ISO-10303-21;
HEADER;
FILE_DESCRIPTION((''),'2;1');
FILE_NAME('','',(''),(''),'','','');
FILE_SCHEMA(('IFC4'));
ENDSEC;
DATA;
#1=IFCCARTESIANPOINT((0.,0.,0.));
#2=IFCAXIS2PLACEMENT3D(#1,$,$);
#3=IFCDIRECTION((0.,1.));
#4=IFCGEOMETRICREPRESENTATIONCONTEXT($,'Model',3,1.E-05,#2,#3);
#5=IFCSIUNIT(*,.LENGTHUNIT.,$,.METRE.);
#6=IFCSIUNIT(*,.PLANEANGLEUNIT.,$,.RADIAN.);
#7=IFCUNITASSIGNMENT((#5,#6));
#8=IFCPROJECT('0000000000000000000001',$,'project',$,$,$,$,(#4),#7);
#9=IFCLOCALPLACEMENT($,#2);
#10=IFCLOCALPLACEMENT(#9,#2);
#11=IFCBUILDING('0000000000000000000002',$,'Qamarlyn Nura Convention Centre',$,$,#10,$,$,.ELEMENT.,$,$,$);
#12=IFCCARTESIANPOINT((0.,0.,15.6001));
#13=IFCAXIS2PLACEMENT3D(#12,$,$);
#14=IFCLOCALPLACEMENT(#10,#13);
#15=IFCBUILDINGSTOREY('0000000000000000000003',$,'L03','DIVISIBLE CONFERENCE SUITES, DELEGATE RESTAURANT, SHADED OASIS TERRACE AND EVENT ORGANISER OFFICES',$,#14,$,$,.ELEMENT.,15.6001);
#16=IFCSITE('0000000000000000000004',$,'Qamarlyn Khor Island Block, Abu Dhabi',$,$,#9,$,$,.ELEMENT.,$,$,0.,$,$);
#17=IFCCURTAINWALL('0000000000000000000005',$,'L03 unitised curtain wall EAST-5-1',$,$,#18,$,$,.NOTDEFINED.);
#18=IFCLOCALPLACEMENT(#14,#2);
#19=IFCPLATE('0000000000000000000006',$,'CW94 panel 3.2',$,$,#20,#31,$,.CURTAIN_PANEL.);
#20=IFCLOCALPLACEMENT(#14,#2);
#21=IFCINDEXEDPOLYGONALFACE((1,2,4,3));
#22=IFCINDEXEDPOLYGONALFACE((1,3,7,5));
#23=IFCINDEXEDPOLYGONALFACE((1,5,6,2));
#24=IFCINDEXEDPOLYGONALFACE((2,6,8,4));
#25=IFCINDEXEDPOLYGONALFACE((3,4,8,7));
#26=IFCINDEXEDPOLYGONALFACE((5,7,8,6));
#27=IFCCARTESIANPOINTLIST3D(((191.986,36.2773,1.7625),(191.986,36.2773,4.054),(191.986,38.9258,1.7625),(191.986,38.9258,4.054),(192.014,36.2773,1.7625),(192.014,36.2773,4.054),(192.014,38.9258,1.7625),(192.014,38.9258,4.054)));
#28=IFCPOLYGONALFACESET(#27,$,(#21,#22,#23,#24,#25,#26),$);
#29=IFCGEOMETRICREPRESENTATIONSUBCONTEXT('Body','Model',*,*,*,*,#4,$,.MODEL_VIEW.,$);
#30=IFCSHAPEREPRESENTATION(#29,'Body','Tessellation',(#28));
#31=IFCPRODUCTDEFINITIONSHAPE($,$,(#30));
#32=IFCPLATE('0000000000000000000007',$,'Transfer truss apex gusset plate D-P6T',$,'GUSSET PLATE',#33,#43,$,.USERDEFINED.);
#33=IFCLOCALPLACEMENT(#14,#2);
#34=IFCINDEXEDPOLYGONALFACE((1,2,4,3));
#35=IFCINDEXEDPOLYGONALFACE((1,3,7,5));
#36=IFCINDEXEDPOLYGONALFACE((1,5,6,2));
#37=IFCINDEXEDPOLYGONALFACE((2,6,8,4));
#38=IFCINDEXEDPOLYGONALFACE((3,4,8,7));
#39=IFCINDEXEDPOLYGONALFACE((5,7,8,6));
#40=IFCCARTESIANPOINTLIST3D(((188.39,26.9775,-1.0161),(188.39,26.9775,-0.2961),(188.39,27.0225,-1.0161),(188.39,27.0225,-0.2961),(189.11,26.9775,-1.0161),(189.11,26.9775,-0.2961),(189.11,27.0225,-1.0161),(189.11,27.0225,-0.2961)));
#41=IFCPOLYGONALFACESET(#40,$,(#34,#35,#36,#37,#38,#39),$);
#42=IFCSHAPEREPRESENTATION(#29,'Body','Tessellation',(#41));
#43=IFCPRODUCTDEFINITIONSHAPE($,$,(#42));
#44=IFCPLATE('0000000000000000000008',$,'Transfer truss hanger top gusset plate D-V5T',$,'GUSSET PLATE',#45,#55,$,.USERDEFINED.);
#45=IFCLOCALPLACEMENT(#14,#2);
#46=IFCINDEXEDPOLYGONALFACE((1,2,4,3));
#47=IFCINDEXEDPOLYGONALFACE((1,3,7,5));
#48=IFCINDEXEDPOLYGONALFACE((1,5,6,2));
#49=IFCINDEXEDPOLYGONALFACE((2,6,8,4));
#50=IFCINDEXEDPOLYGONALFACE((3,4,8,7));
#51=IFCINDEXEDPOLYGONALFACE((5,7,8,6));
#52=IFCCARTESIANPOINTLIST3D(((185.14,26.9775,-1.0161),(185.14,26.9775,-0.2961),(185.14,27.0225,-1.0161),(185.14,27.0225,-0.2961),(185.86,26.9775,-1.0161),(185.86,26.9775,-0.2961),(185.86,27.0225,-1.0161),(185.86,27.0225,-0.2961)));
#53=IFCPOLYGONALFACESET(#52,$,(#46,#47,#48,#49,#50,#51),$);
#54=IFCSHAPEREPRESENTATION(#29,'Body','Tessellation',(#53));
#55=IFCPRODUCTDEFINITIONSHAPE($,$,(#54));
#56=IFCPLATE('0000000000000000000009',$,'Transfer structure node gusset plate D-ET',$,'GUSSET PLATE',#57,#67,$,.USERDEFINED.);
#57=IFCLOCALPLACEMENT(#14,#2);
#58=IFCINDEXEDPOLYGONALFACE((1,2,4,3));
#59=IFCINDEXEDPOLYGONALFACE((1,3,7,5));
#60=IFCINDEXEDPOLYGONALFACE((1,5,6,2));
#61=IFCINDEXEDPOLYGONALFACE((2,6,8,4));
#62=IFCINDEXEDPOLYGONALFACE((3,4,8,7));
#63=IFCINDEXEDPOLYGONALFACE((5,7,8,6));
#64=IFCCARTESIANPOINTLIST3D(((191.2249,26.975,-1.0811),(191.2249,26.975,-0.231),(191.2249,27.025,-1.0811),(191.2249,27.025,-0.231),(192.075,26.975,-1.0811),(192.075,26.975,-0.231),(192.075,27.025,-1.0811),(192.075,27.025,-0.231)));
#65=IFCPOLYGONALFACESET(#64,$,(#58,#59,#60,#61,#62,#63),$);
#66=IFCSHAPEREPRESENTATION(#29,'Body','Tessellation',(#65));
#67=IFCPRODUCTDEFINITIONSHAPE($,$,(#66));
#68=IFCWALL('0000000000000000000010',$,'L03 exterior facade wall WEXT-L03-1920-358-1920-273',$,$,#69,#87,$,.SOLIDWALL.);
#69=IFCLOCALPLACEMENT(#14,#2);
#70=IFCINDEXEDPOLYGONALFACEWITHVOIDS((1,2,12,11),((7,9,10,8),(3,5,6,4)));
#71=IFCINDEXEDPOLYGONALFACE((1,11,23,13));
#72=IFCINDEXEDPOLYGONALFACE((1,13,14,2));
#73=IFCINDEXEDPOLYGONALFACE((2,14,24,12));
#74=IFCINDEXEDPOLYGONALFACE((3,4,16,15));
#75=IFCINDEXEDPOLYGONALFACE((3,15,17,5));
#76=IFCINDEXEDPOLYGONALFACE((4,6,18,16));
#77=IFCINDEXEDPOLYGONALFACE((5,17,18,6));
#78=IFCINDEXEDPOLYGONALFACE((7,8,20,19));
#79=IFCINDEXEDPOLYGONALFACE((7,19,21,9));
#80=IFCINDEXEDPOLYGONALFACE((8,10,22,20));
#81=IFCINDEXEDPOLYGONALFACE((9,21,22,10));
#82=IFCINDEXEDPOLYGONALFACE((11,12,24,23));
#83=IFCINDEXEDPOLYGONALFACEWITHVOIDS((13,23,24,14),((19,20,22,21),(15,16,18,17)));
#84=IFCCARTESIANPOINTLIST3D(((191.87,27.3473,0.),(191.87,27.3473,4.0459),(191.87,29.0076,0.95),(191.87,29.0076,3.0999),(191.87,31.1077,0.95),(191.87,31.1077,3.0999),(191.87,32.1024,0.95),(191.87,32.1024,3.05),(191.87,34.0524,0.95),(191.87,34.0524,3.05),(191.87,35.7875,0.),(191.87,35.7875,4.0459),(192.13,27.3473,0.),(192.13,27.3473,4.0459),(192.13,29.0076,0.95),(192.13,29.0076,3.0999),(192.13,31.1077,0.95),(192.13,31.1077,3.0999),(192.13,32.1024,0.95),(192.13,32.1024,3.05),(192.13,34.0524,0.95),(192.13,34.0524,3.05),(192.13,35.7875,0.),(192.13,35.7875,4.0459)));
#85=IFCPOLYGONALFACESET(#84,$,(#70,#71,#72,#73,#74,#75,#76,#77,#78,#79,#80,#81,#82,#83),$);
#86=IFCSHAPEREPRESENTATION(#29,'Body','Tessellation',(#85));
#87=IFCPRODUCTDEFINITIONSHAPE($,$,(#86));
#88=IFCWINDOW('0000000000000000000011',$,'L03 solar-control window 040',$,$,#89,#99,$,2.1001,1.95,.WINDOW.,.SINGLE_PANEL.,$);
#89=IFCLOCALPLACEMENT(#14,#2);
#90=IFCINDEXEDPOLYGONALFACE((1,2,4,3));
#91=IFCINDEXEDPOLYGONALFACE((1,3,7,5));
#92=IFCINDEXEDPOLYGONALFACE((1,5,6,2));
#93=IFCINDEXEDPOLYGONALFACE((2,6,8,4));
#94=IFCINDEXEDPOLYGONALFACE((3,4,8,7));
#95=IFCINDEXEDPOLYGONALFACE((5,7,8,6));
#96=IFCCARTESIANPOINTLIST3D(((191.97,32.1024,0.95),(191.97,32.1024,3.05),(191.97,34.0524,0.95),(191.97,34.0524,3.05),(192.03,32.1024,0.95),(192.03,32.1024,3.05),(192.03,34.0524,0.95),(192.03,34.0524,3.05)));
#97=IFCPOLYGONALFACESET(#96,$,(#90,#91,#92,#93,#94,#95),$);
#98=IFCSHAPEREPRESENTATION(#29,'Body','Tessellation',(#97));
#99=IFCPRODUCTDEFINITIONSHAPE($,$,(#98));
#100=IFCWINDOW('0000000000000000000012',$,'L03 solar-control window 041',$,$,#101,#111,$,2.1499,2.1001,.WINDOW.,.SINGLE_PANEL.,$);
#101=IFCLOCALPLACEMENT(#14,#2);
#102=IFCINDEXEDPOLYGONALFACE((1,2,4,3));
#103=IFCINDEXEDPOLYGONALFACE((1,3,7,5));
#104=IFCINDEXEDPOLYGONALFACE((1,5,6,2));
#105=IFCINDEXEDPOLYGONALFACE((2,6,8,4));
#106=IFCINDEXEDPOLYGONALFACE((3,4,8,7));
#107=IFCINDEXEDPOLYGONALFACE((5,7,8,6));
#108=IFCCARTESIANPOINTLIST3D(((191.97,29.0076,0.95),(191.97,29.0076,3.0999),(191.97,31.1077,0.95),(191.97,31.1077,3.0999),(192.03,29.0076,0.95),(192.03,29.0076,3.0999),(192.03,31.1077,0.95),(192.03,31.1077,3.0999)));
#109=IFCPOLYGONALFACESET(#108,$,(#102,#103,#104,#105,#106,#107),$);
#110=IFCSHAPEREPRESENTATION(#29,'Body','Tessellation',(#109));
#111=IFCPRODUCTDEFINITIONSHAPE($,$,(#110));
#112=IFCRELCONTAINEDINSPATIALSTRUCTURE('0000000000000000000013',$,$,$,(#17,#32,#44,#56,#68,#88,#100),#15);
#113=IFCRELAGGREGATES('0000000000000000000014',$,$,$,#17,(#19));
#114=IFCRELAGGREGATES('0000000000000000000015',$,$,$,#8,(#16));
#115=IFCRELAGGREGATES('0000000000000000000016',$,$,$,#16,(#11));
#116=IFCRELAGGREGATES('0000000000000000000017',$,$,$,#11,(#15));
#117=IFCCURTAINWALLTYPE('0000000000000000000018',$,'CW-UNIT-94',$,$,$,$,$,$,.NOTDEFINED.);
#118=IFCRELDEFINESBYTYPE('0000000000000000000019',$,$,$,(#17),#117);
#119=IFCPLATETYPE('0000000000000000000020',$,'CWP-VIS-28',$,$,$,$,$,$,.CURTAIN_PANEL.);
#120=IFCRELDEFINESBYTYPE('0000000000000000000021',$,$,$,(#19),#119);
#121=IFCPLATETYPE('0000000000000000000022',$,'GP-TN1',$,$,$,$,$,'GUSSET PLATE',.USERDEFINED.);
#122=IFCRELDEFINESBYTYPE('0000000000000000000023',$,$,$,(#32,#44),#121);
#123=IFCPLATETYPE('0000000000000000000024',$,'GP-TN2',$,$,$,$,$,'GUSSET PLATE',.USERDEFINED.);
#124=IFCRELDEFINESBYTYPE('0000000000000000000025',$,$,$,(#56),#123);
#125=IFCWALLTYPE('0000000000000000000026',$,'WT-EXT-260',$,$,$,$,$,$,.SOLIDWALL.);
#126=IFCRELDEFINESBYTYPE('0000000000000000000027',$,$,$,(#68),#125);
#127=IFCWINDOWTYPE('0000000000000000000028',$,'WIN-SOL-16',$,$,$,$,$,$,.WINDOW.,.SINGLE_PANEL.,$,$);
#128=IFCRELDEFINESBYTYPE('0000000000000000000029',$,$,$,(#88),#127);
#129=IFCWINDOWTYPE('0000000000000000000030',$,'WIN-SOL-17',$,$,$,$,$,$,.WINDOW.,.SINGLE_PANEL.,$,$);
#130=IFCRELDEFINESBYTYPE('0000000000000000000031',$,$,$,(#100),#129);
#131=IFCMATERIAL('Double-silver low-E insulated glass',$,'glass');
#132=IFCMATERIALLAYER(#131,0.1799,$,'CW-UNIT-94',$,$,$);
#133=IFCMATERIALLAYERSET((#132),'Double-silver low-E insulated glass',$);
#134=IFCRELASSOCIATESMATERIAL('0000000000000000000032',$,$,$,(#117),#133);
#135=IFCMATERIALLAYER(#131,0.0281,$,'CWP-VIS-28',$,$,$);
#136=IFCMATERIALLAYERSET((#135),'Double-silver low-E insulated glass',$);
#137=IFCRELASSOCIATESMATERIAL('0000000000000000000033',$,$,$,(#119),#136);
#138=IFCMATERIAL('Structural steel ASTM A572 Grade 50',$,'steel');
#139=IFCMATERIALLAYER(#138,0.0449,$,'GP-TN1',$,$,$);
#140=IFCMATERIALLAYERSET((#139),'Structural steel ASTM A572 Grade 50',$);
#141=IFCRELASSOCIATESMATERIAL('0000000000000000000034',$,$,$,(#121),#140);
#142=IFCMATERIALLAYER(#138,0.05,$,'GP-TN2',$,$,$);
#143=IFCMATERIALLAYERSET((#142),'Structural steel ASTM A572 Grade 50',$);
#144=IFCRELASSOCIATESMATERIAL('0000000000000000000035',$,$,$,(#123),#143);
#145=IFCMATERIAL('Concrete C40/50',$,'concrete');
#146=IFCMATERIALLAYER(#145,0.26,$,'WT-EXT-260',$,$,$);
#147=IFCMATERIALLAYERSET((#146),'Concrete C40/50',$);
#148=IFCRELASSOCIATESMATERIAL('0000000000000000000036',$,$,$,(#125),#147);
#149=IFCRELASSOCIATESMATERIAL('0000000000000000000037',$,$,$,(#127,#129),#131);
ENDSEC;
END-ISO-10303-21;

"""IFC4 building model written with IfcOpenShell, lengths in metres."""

from ifc_helpers import new_model, si_unit, direction, frame, frame_2d, origin, origin_2d, place, context, subcontext, project, spatial, rectangle, extrude, material, layer, layer_set, type_object, element, fill, aggregate, save


model = new_model("IFC4")

# Units and contexts
model_context = context("Model", 3, precision=1e-05, world=origin(), true_north=direction((0.0, 1.0)))
body_context = subcontext(model_context, "Body", "Model", "MODEL_VIEW")
ifc_project = project(units=[si_unit("LENGTHUNIT", "METRE"), si_unit("PLANEANGLEUNIT", "RADIAN")], contexts=[model_context])

# Site, building, storey
site_placement = place(None, origin())
site = spatial("IfcSite", under=ifc_project, at=site_placement, Name="Qamarlyn Khor Island Block, Abu Dhabi", CompositionType="ELEMENT", RefElevation=0.0)
building_placement = place(site_placement, origin())
building = spatial("IfcBuilding", under=site, at=building_placement, Name="Qamarlyn Nura Convention Centre", CompositionType="ELEMENT")
storey_placement = place(building_placement, frame((0.0, 0.0, 15.6001)))
storey = spatial("IfcBuildingStorey", under=building, at=storey_placement, Name="L03", Description="DIVISIBLE CONFERENCE SUITES, DELEGATE RESTAURANT, SHADED OASIS TERRACE AND EVENT ORGANISER OFFICES", CompositionType="ELEMENT", Elevation=15.6001)

# Curtain wall
ifc_material_1 = material(Name="Double-silver low-E insulated glass", Category="glass")
ifc_layer_1 = layer(ifc_material_1, 0.1799, Name="CW-UNIT-94")
ifc_layer_set_1 = layer_set([ifc_layer_1], Name="Double-silver low-E insulated glass")
curtain_wall_type_1 = type_object("IfcCurtainWallType", Name="CW-UNIT-94", PredefinedType="NOTDEFINED", material=ifc_layer_set_1)
curtain_wall_1_placement = place(storey_placement, origin())
curtain_wall_1 = element("IfcCurtainWall", 1, at=curtain_wall_1_placement, inside=storey, type_object=curtain_wall_type_1, Name="L03 unitised curtain wall EAST-5-1", PredefinedType="NOTDEFINED")

# Shared definitions
ifc_layer_2 = layer(ifc_material_1, 0.0281, Name="CWP-VIS-28")
ifc_layer_set_2 = layer_set([ifc_layer_2], Name="Double-silver low-E insulated glass")
plate_type_1 = type_object("IfcPlateType", Name="CWP-VIS-28", PredefinedType="CURTAIN_PANEL", material=ifc_layer_set_2)

# Plate
plate_1_placement = place(storey_placement, frame((192.0, 37.6016, 1.7625), z_axis=(0.0, 0.0, 1.0), x_axis=(0.0, -1.0, 0.0)))
plate_1 = element("IfcPlate", 2, at=plate_1_placement, type_object=plate_type_1, Name="CW94 panel 3.2", PredefinedType="CURTAIN_PANEL", context=body_context, shape_type="SweptSolid", body=[
    extrude(rectangle(XDim=2.6484, YDim=0.0281, at=origin_2d()), origin(), (0.0, 0.0, 1.0), 2.2915),
])
aggregate(curtain_wall_1, [plate_1])

# Plates
ifc_material_2 = material(Name="Structural steel ASTM A572 Grade 50", Category="steel")
ifc_layer_3 = layer(ifc_material_2, 0.0449, Name="GP-TN1")
ifc_layer_set_3 = layer_set([ifc_layer_3], Name="Structural steel ASTM A572 Grade 50")
plate_type_2 = type_object("IfcPlateType", Name="GP-TN1", ElementType="GUSSET PLATE", PredefinedType="USERDEFINED", material=ifc_layer_set_3)
for number, where, z_axis, x_axis, name in (
    (3, (188.75, 27.0, -1.0161), (0.0, 0.0, 1.0), (1.0, 0.0, 0.0), "Transfer truss apex gusset plate D-P6T"),
    (4, (185.5, 27.0, -1.0161), (0.0, 0.0, 1.0), (1.0, 0.0, 0.0), "Transfer truss hanger top gusset plate D-V5T"),
):
    element("IfcPlate", number, at=place(storey_placement, frame(where, z_axis=z_axis, x_axis=x_axis)), inside=storey, type_object=plate_type_2, Name=name, ObjectType="GUSSET PLATE", PredefinedType="USERDEFINED", context=body_context, shape_type="SweptSolid", body=[
        extrude(rectangle(XDim=0.72, YDim=0.0449, at=origin_2d()), origin(), (0.0, 0.0, 1.0), 0.72),
    ])
ifc_layer_4 = layer(ifc_material_2, 0.05, Name="GP-TN2")
ifc_layer_set_4 = layer_set([ifc_layer_4], Name="Structural steel ASTM A572 Grade 50")
plate_type_3 = type_object("IfcPlateType", Name="GP-TN2", ElementType="GUSSET PLATE", PredefinedType="USERDEFINED", material=ifc_layer_set_4)
plate_2_placement = place(storey_placement, frame((191.6499, 27.0, -1.0811), z_axis=(0.0, 0.0, 1.0), x_axis=(1.0, 0.0, 0.0)))
element("IfcPlate", 5, at=plate_2_placement, inside=storey, type_object=plate_type_3, Name="Transfer structure node gusset plate D-ET", ObjectType="GUSSET PLATE", PredefinedType="USERDEFINED", context=body_context, shape_type="SweptSolid", body=[
    extrude(rectangle(XDim=0.8501, YDim=0.05, at=origin_2d()), origin(), (0.0, 0.0, 1.0), 0.8501),
])

# Wall, openings, windows
ifc_material_3 = material(Name="Concrete C40/50", Category="concrete")
ifc_layer_5 = layer(ifc_material_3, 0.26, Name="WT-EXT-260")
ifc_layer_set_5 = layer_set([ifc_layer_5], Name="Concrete C40/50")
wall_type = type_object("IfcWallType", Name="WT-EXT-260", PredefinedType="SOLIDWALL", material=ifc_layer_set_5)
wall_placement = place(storey_placement, frame((192.0, 35.7876, 0.0), z_axis=(0.0, 0.0, 1.0), x_axis=(0.0, -1.0, 0.0)))
wall = element("IfcWall", 6, at=wall_placement, inside=storey, type_object=wall_type, Name="L03 exterior facade wall WEXT-L03-1920-358-1920-273", PredefinedType="SOLIDWALL", context=body_context, shape_type="SweptSolid", body=[
    extrude(rectangle(XDim=8.4402, YDim=0.26, at=frame_2d((4.2202, 0.0))), origin(), (0.0, 0.0, 1.0), 4.0459),
])
opening_1_placement = place(wall_placement, frame((1.7351, 0.0, 0.95)))
opening_1 = element("IfcOpeningElement", 7, at=opening_1_placement, cuts=wall, PredefinedType="OPENING", context=body_context, shape_type="SweptSolid", body=[
    extrude(rectangle(XDim=1.95, YDim=2.1001, at=frame_2d((0.9751, 1.05))), frame((0.0, 0.1401, 0.0), z_axis=(0.0, -1.0, 0.0), x_axis=(1.0, 0.0, 0.0)), (0.0, 0.0, 1.0), 0.28),
])
opening_2_placement = place(wall_placement, frame((4.6799, 0.0, 0.95)))
opening_2 = element("IfcOpeningElement", 8, at=opening_2_placement, cuts=wall, PredefinedType="OPENING", context=body_context, shape_type="SweptSolid", body=[
    extrude(rectangle(XDim=2.1001, YDim=2.1499, at=frame_2d((1.05, 1.075))), frame((0.0, 0.1401, 0.0), z_axis=(0.0, -1.0, 0.0), x_axis=(1.0, 0.0, 0.0)), (0.0, 0.0, 1.0), 0.28),
])
window_type_1 = type_object("IfcWindowType", Name="WIN-SOL-16", PartitioningType="SINGLE_PANEL", PredefinedType="WINDOW", material=ifc_material_1)
window_1_placement = place(opening_1_placement, origin())
window_1 = element("IfcWindow", 9, at=window_1_placement, inside=storey, type_object=window_type_1, Name="L03 solar-control window 040", OverallHeight=2.1001, OverallWidth=1.95, PartitioningType="SINGLE_PANEL", PredefinedType="WINDOW", context=body_context, shape_type="SweptSolid", body=[
    extrude(rectangle(XDim=1.95, YDim=2.1001, at=frame_2d((0.9751, 1.05))), frame((0.0, 0.03, 0.0), z_axis=(0.0, -1.0, 0.0), x_axis=(1.0, 0.0, 0.0)), (0.0, 0.0, 1.0), 0.0601),
])
fill(opening_1, window_1)
window_type_2 = type_object("IfcWindowType", Name="WIN-SOL-17", PartitioningType="SINGLE_PANEL", PredefinedType="WINDOW", material=ifc_material_1)
window_2_placement = place(opening_2_placement, origin())
window_2 = element("IfcWindow", 10, at=window_2_placement, inside=storey, type_object=window_type_2, Name="L03 solar-control window 041", OverallHeight=2.1499, OverallWidth=2.1001, PartitioningType="SINGLE_PANEL", PredefinedType="WINDOW", context=body_context, shape_type="SweptSolid", body=[
    extrude(rectangle(XDim=2.1001, YDim=2.1499, at=frame_2d((1.05, 1.075))), frame((0.0, 0.03, 0.0), z_axis=(0.0, -1.0, 0.0), x_axis=(1.0, 0.0, 0.0)), (0.0, 0.0, 1.0), 0.0601),
])
fill(opening_2, window_2)

save(model, "model.ifc")
